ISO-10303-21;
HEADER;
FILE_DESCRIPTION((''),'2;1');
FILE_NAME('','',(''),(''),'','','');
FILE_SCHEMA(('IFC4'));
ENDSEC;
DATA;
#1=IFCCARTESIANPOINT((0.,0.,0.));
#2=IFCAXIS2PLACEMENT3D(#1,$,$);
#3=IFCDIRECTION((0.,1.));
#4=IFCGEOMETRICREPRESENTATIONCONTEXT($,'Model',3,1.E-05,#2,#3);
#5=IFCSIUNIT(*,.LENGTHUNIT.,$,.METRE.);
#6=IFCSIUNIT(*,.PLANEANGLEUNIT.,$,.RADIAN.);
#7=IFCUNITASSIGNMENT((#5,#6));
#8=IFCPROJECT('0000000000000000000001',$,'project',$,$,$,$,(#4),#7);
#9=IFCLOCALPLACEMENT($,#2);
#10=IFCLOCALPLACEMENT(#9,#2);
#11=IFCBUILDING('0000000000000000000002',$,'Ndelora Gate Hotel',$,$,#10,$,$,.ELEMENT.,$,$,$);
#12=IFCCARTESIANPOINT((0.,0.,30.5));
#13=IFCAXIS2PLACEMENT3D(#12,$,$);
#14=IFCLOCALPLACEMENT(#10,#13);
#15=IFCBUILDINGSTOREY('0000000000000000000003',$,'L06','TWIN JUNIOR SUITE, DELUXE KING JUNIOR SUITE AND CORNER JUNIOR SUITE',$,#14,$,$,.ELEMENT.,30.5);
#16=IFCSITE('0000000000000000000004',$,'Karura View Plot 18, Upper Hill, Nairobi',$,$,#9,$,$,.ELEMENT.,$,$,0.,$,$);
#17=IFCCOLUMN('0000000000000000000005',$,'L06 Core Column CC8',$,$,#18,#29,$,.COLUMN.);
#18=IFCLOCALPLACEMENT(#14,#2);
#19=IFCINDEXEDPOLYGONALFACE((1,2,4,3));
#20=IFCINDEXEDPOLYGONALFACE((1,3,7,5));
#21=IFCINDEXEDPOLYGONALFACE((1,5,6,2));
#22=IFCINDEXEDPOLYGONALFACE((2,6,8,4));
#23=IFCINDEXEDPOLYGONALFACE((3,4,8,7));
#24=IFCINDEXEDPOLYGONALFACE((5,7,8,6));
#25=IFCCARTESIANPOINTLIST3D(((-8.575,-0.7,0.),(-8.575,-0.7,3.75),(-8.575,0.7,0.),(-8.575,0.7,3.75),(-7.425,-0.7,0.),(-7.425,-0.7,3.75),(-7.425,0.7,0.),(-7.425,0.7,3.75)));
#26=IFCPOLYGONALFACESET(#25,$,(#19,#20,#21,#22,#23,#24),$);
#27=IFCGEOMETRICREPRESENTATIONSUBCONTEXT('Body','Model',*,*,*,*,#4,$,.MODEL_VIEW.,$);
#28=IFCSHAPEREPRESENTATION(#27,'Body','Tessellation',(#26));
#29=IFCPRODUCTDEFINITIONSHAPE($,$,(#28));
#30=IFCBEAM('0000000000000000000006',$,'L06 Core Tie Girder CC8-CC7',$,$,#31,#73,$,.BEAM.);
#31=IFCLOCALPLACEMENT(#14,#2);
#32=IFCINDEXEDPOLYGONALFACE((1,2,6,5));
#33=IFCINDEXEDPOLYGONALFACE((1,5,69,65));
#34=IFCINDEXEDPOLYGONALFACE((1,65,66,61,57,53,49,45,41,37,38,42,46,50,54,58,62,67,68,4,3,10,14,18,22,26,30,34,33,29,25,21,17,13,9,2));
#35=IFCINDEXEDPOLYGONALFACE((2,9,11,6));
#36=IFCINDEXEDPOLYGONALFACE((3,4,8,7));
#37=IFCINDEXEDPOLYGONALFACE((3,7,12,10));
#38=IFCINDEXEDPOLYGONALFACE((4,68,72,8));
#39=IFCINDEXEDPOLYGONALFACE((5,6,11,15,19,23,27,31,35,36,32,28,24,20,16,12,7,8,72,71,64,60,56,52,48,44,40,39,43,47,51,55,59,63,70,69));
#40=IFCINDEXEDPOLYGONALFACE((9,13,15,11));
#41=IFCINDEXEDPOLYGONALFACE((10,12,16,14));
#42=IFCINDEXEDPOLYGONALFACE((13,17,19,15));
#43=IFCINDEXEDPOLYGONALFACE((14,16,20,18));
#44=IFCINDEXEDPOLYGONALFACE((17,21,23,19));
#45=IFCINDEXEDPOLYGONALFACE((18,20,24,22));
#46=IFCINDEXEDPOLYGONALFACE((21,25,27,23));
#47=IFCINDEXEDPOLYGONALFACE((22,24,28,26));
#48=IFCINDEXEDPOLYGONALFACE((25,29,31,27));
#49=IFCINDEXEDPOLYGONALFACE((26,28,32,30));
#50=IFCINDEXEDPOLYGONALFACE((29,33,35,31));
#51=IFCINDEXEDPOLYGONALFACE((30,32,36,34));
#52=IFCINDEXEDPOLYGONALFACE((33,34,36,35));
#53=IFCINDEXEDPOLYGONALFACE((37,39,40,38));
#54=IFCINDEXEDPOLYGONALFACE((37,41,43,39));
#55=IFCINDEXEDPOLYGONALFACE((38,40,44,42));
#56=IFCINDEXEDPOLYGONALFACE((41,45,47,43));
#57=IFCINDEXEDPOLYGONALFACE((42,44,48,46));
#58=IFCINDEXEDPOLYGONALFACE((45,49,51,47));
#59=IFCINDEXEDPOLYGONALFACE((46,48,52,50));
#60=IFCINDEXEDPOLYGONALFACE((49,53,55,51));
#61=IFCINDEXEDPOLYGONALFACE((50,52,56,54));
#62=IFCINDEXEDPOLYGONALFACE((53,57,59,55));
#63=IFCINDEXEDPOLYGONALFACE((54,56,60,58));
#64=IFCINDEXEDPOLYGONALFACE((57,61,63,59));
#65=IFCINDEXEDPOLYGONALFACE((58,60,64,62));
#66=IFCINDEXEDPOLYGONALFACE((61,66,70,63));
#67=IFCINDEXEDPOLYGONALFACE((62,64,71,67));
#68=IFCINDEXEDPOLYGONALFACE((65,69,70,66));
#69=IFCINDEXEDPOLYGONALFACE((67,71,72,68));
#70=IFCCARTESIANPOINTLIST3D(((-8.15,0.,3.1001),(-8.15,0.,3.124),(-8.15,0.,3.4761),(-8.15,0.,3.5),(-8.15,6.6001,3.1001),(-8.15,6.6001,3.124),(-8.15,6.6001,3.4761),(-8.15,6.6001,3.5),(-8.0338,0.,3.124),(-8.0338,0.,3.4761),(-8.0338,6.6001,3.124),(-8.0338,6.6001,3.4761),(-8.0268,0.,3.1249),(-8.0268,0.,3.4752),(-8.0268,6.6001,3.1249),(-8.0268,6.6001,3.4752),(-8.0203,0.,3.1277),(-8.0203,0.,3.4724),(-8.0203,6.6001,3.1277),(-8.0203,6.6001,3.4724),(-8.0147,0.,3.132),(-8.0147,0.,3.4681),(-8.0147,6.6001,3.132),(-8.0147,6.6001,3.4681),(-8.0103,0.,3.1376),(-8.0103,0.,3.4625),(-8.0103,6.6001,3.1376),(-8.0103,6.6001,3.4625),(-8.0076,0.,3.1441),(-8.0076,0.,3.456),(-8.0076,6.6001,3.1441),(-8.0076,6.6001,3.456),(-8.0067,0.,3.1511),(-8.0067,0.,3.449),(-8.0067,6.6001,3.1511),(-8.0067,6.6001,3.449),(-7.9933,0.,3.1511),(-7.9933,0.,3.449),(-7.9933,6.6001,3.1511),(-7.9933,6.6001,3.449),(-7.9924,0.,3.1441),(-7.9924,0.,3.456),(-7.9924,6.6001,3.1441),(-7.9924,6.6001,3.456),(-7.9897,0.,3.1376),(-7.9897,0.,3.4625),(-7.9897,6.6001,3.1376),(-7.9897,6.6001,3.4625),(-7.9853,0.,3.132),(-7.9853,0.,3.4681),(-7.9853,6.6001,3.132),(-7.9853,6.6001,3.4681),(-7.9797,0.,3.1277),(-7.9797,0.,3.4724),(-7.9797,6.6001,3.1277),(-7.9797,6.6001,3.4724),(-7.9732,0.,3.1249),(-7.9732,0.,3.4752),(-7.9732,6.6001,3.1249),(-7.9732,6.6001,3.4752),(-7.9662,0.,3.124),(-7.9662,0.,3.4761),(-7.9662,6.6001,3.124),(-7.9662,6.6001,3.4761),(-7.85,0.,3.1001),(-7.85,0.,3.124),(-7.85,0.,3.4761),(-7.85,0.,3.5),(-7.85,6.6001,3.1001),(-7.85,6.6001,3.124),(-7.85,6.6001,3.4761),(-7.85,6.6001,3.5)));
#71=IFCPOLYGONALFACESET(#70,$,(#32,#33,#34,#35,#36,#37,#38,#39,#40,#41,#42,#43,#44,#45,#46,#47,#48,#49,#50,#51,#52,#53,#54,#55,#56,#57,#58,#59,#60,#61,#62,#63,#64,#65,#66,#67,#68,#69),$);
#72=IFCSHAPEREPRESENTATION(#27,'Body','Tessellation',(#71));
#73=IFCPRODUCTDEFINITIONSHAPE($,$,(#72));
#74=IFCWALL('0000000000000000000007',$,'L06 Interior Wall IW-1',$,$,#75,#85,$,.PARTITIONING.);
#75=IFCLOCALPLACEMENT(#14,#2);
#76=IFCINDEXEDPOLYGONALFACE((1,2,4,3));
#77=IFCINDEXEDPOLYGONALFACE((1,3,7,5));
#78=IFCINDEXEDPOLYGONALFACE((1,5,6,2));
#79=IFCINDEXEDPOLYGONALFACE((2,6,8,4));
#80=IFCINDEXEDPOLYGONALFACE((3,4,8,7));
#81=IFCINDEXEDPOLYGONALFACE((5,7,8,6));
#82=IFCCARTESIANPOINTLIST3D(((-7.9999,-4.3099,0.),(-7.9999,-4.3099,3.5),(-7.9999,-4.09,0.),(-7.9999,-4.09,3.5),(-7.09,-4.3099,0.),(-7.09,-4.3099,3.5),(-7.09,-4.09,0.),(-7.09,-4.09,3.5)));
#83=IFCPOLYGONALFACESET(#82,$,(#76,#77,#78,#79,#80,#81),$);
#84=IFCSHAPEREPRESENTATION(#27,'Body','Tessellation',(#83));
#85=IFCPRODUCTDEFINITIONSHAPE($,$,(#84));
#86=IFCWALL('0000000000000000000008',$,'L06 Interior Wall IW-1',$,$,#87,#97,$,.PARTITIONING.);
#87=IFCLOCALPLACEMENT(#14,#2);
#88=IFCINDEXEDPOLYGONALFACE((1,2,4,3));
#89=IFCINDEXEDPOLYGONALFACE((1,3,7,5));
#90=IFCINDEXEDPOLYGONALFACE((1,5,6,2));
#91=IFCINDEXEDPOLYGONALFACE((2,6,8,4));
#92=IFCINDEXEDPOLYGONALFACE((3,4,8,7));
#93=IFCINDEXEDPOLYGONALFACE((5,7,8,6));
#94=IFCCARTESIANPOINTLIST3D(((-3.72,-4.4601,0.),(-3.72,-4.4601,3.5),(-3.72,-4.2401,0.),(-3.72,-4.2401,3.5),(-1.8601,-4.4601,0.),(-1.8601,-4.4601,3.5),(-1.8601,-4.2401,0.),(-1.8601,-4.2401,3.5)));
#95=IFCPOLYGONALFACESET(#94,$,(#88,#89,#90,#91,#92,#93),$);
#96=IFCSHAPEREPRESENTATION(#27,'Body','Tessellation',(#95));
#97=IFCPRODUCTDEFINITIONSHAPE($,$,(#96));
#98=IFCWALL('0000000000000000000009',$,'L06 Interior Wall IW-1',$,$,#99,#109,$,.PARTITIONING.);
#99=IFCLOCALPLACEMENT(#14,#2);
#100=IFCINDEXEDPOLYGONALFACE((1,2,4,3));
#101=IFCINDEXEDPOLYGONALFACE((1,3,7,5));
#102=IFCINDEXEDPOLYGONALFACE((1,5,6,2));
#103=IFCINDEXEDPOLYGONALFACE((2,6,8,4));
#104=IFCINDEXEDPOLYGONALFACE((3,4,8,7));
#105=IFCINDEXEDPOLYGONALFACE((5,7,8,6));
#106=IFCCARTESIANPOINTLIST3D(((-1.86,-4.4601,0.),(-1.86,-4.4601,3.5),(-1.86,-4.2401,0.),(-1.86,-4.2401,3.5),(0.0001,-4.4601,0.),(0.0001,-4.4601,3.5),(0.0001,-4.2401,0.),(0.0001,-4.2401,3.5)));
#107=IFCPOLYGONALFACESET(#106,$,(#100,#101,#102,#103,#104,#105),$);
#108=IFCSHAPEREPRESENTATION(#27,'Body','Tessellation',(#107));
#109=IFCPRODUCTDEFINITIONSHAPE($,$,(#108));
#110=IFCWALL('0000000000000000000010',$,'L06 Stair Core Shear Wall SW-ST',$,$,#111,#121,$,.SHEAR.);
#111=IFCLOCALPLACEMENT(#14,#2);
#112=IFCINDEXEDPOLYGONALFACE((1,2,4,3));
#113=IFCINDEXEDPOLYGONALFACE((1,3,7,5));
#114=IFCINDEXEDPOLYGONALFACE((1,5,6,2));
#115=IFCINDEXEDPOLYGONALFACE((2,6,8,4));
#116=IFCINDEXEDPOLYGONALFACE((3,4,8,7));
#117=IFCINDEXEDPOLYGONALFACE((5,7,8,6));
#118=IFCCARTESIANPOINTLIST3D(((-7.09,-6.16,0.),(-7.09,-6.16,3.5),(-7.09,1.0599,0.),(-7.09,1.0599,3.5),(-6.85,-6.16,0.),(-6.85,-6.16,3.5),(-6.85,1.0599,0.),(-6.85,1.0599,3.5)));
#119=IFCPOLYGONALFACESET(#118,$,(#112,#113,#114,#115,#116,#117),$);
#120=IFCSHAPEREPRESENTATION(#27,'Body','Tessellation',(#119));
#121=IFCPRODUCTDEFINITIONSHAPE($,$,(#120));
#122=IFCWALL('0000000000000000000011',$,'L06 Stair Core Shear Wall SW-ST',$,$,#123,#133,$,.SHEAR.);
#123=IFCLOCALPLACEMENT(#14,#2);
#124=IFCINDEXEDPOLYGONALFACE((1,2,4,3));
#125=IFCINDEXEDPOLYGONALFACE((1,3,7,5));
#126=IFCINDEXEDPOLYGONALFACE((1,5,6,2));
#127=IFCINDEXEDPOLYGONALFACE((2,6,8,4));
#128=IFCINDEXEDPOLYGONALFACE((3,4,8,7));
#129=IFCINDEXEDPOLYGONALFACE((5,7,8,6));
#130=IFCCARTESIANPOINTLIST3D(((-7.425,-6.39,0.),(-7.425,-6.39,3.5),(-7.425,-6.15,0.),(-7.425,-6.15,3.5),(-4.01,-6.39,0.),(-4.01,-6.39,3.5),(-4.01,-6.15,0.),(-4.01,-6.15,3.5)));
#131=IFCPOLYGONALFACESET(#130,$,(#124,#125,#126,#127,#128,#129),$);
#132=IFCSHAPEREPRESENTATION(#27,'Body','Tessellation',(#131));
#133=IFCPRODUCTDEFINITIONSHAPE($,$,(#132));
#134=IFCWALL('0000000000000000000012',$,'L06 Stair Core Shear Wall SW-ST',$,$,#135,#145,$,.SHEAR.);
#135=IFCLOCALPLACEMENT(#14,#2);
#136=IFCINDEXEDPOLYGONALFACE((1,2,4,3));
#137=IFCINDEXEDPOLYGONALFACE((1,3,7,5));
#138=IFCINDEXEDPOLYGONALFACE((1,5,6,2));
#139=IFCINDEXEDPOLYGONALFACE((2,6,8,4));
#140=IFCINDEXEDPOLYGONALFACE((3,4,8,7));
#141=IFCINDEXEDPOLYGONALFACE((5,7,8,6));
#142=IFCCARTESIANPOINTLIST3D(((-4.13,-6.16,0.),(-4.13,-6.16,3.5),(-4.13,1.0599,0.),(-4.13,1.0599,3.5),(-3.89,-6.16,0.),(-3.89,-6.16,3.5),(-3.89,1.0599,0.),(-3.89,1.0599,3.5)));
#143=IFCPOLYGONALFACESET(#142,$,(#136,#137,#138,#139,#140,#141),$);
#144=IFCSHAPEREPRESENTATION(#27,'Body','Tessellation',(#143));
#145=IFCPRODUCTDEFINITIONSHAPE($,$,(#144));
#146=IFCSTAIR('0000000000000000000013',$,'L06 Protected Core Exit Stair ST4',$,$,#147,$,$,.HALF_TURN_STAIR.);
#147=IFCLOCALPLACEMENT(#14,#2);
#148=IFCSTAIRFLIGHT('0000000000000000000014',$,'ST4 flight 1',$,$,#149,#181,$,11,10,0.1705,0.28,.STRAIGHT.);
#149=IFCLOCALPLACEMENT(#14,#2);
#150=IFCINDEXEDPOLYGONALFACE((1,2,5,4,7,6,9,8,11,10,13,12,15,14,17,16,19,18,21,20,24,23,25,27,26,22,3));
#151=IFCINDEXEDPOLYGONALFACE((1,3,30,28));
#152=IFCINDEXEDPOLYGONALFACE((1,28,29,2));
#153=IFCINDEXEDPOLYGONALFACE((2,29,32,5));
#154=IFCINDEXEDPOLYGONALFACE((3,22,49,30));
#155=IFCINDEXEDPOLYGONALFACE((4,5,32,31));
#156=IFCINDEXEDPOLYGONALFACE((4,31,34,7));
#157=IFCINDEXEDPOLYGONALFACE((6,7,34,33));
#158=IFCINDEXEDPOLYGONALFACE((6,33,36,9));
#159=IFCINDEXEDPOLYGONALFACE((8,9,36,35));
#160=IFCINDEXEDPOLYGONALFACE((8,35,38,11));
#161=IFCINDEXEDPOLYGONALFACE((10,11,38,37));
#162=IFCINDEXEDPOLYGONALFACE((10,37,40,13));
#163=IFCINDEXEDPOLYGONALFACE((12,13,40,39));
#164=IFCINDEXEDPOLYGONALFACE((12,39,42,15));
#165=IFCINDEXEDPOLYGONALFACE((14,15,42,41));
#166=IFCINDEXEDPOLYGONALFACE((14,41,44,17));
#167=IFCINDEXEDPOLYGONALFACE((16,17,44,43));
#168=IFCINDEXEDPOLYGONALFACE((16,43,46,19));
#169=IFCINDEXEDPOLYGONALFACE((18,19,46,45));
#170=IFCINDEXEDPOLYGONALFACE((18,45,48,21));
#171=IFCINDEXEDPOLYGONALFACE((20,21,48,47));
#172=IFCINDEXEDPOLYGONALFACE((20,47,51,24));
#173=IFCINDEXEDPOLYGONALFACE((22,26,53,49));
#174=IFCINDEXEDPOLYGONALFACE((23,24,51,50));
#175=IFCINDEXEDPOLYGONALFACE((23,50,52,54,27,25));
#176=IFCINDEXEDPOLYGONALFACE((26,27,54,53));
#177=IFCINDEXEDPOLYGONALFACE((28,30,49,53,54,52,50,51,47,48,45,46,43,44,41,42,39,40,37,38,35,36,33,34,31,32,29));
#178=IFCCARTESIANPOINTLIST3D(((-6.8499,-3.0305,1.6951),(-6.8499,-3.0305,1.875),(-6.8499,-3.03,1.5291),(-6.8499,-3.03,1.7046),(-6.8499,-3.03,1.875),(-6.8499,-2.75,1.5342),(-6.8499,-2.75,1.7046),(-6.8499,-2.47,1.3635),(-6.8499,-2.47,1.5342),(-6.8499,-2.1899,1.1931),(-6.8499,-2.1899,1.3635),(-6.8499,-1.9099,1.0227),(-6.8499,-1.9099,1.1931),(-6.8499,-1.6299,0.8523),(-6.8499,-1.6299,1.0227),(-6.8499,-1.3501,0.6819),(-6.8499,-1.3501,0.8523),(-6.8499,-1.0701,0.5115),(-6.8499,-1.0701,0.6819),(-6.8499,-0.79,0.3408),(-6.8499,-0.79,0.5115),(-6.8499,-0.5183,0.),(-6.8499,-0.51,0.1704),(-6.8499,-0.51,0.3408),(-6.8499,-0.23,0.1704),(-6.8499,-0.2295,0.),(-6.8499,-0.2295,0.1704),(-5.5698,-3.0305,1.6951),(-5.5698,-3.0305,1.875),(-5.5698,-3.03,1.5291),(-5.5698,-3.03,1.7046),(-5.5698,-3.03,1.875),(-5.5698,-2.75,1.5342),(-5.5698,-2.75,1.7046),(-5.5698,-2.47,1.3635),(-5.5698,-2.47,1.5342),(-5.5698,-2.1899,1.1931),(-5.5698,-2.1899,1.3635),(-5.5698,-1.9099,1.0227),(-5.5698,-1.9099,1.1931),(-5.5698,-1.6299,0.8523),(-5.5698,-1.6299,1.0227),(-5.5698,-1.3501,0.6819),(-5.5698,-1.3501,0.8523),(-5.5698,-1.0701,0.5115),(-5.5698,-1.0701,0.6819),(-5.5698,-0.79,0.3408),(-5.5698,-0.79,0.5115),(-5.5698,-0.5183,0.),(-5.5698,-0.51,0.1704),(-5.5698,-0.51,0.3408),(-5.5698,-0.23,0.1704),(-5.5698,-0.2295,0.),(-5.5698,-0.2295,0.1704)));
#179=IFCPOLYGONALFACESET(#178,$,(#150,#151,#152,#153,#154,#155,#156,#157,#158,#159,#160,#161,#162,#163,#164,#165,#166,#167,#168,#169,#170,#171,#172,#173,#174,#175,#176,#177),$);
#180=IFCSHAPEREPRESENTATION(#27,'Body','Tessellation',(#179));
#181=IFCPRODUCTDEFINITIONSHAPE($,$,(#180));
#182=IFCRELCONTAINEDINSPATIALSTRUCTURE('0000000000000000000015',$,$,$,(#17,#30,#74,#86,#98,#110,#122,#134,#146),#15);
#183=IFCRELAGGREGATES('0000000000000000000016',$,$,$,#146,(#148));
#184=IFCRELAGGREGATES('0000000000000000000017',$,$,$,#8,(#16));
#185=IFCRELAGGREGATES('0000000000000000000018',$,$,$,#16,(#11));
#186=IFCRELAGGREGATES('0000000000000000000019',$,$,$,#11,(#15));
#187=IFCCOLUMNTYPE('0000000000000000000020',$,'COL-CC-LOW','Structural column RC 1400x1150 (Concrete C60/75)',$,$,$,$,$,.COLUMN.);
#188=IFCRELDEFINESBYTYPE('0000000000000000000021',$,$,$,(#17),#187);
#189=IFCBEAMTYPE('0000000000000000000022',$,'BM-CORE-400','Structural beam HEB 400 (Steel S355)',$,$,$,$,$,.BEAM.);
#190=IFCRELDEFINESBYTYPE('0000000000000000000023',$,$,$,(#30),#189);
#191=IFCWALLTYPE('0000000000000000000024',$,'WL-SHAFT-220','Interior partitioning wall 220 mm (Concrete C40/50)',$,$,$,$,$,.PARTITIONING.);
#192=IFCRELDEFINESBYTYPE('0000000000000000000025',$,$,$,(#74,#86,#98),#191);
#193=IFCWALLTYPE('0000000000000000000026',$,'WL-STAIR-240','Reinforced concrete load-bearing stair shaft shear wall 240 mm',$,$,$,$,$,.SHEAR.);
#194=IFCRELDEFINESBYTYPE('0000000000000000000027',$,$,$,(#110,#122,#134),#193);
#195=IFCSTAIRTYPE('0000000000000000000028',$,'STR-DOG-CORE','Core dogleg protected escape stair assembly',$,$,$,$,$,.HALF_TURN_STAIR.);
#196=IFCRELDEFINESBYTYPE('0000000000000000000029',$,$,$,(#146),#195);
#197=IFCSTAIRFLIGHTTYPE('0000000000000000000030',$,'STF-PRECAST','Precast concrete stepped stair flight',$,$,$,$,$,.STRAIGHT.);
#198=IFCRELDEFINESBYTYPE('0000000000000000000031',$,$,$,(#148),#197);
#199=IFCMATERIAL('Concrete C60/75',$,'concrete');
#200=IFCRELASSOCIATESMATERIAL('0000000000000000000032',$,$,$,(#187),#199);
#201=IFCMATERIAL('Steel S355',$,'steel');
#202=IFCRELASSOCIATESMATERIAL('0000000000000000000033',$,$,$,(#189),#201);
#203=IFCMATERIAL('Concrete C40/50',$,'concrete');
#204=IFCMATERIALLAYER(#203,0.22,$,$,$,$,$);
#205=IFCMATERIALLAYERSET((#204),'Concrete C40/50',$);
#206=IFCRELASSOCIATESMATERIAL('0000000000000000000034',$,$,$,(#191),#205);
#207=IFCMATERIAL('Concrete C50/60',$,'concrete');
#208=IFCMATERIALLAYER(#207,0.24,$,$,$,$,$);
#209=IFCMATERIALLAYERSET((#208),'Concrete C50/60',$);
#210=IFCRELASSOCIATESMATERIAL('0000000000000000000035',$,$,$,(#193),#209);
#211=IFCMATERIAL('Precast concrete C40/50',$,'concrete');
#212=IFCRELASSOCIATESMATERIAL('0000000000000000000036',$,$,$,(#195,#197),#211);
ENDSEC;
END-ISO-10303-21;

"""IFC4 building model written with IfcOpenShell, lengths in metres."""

from ifc_helpers import new_model, si_unit, direction, frame, frame_2d, origin, origin_2d, place, context, subcontext, project, spatial, polyline, rectangle, i_section, outline, extrude, material, layer, layer_set, material_profile, profile_set, type_object, element, aggregate, save


model = new_model("IFC4")

# Units and contexts
model_context = context("Model", 3, precision=1e-05, world=origin(), true_north=direction((0.0, 1.0)))
body_context = subcontext(model_context, "Body", "Model", "MODEL_VIEW")
ifc_project = project(units=[si_unit("LENGTHUNIT", "METRE"), si_unit("PLANEANGLEUNIT", "RADIAN")], contexts=[model_context])

# Site, building, storey
site_placement = place(None, origin())
site = spatial("IfcSite", under=ifc_project, at=site_placement, Name="Karura View Plot 18, Upper Hill, Nairobi", CompositionType="ELEMENT", RefElevation=0.0)
building_placement = place(site_placement, origin())
building = spatial("IfcBuilding", under=site, at=building_placement, Name="Ndelora Gate Hotel", CompositionType="ELEMENT")
storey_placement = place(building_placement, frame((0.0, 0.0, 30.5)))
storey = spatial("IfcBuildingStorey", under=building, at=storey_placement, Name="L06", Description="TWIN JUNIOR SUITE, DELUXE KING JUNIOR SUITE AND CORNER JUNIOR SUITE", CompositionType="ELEMENT", Elevation=30.5)

# Column
ifc_material_1 = material(Name="Concrete C60/75", Category="concrete")
ifc_material_profile_1 = material_profile(ifc_material_1, rectangle(XDim=1.1499, YDim=1.3999, at=origin_2d()), Name="RC 1400x1150")
ifc_profile_set_1 = profile_set([ifc_material_profile_1], Name="Concrete C60/75")
column_type = type_object("IfcColumnType", Name="COL-CC-LOW", Description="Structural column RC 1400x1150 (Concrete C60/75)", PredefinedType="COLUMN", material=ifc_profile_set_1)
column_placement = place(storey_placement, frame((-8.0, 0.0, 0.0), z_axis=(0.0, 0.0, 1.0), x_axis=(1.0, 0.0, 0.0)))
element("IfcColumn", 1, at=column_placement, inside=storey, type_object=column_type, Name="L06 Core Column CC8", PredefinedType="COLUMN", context=body_context, shape_type="SweptSolid", body=[
    extrude(rectangle(XDim=1.1499, YDim=1.3999, at=origin_2d()), origin(), (0.0, 0.0, 1.0), 3.75),
])

# Beam
ifc_material_2 = material(Name="Steel S355", Category="steel")
ifc_material_profile_2 = material_profile(ifc_material_2, i_section(OverallWidth=0.3, OverallDepth=0.3999, WebThickness=0.0134, FlangeThickness=0.0239, FilletRadius=0.0271, at=origin_2d()), Name="HEB 400")
ifc_profile_set_2 = profile_set([ifc_material_profile_2], Name="Steel S355")
beam_type = type_object("IfcBeamType", Name="BM-CORE-400", Description="Structural beam HEB 400 (Steel S355)", PredefinedType="BEAM", material=ifc_profile_set_2)
beam_placement = place(storey_placement, frame((-8.0, 0.0, 3.3), z_axis=(0.0, 1.0, 0.0), x_axis=(-1.0, 0.0, 0.0)))
element("IfcBeam", 2, at=beam_placement, inside=storey, type_object=beam_type, Name="L06 Core Tie Girder CC8-CC7", PredefinedType="BEAM", context=body_context, shape_type="SweptSolid", body=[
    extrude(i_section(OverallWidth=0.3, OverallDepth=0.3999, WebThickness=0.0134, FlangeThickness=0.0239, FilletRadius=0.0271, at=origin_2d()), origin(), (0.0, 0.0, 1.0), 6.6001),
])

# Walls
ifc_material_3 = material(Name="Concrete C40/50", Category="concrete")
ifc_layer_1 = layer(ifc_material_3, 0.22)
ifc_layer_set_1 = layer_set([ifc_layer_1], Name="Concrete C40/50")
wall_type_1 = type_object("IfcWallType", Name="WL-SHAFT-220", Description="Interior partitioning wall 220 mm (Concrete C40/50)", PredefinedType="PARTITIONING", material=ifc_layer_set_1)
wall_1_placement = place(storey_placement, frame((-8.0, -4.2, 0.0), z_axis=(0.0, 0.0, 1.0), x_axis=(1.0, 0.0, 0.0)))
element("IfcWall", 3, at=wall_1_placement, inside=storey, type_object=wall_type_1, Name="L06 Interior Wall IW-1", PredefinedType="PARTITIONING", context=body_context, shape_type="SweptSolid", body=[
    extrude(rectangle(XDim=0.9099, YDim=0.22, at=frame_2d((0.4551, 0.0))), origin(), (0.0, 0.0, 1.0), 3.5),
])
wall_2_placement = place(storey_placement, frame((-3.72, -4.3501, 0.0), z_axis=(0.0, 0.0, 1.0), x_axis=(1.0, 0.0, 0.0)))
element("IfcWall", 4, at=wall_2_placement, inside=storey, type_object=wall_type_1, Name="L06 Interior Wall IW-1", PredefinedType="PARTITIONING", context=body_context, shape_type="SweptSolid", body=[
    extrude(rectangle(XDim=1.8599, YDim=0.22, at=frame_2d((0.9299, 0.0))), origin(), (0.0, 0.0, 1.0), 3.5),
])
wall_3_placement = place(storey_placement, frame((-1.8601, -4.3501, 0.0), z_axis=(0.0, 0.0, 1.0), x_axis=(1.0, 0.0, 0.0)))
element("IfcWall", 5, at=wall_3_placement, inside=storey, type_object=wall_type_1, Name="L06 Interior Wall IW-1", PredefinedType="PARTITIONING", context=body_context, shape_type="SweptSolid", body=[
    extrude(rectangle(XDim=1.8601, YDim=0.22, at=frame_2d((0.9302, 0.0))), origin(), (0.0, 0.0, 1.0), 3.5),
])
ifc_material_4 = material(Name="Concrete C50/60", Category="concrete")
ifc_layer_2 = layer(ifc_material_4, 0.24)
ifc_layer_set_2 = layer_set([ifc_layer_2], Name="Concrete C50/60")
wall_type_2 = type_object("IfcWallType", Name="WL-STAIR-240", Description="Reinforced concrete load-bearing stair shaft shear wall 240 mm", PredefinedType="SHEAR", material=ifc_layer_set_2)
wall_4_placement = place(storey_placement, frame((-6.97, -6.1599, 0.0), z_axis=(0.0, 0.0, 1.0), x_axis=(0.0, 1.0, 0.0)))
element("IfcWall", 6, at=wall_4_placement, inside=storey, type_object=wall_type_2, Name="L06 Stair Core Shear Wall SW-ST", PredefinedType="SHEAR", context=body_context, shape_type="SweptSolid", body=[
    extrude(rectangle(XDim=7.22, YDim=0.24, at=frame_2d((3.6099, 0.0))), origin(), (0.0, 0.0, 1.0), 3.5),
])
wall_5_placement = place(storey_placement, frame((-7.425, -6.27, 0.0), z_axis=(0.0, 0.0, 1.0), x_axis=(1.0, 0.0, 0.0)))
element("IfcWall", 7, at=wall_5_placement, inside=storey, type_object=wall_type_2, Name="L06 Stair Core Shear Wall SW-ST", PredefinedType="SHEAR", context=body_context, shape_type="SweptSolid", body=[
    extrude(rectangle(XDim=3.415, YDim=0.24, at=frame_2d((1.7075, 0.0))), origin(), (0.0, 0.0, 1.0), 3.5),
])
wall_6_placement = place(storey_placement, frame((-4.01, -6.1599, 0.0), z_axis=(0.0, 0.0, 1.0), x_axis=(0.0, 1.0, 0.0)))
element("IfcWall", 8, at=wall_6_placement, inside=storey, type_object=wall_type_2, Name="L06 Stair Core Shear Wall SW-ST", PredefinedType="SHEAR", context=body_context, shape_type="SweptSolid", body=[
    extrude(rectangle(XDim=7.22, YDim=0.24, at=frame_2d((3.6099, 0.0))), origin(), (0.0, 0.0, 1.0), 3.5),
])

# Stair, stair flight
ifc_material_5 = material(Name="Precast concrete C40/50", Category="concrete")
stair_type = type_object("IfcStairType", Name="STR-DOG-CORE", Description="Core dogleg protected escape stair assembly", PredefinedType="HALF_TURN_STAIR", material=ifc_material_5)
stair_placement = place(storey_placement, origin())
stair = element("IfcStair", 9, at=stair_placement, inside=storey, type_object=stair_type, Name="L06 Protected Core Exit Stair ST4", PredefinedType="HALF_TURN_STAIR")
stair_flight_type = type_object("IfcStairFlightType", Name="STF-PRECAST", Description="Precast concrete stepped stair flight", PredefinedType="STRAIGHT", material=ifc_material_5)
stair_flight_1_placement = place(storey_placement, frame((-6.21, -0.23, 0.0), z_axis=(0.0, 0.0, 1.0), x_axis=(0.0, -1.0, 0.0)))
stair_flight_1 = element("IfcStairFlight", 10, at=stair_flight_1_placement, type_object=stair_flight_type, Name="ST4 flight 1", NumberOfRisers=11, NumberOfTreads=10, PredefinedType="STRAIGHT", RiserHeight=0.1705, TreadLength=0.28, context=body_context, shape_type="SweptSolid", body=[
    extrude(outline(polyline([(-0.0005, 0.0), (-0.0005, 0.1704), (0.0, 0.1704), (0.28, 0.1704), (0.28, 0.3408), (0.5601, 0.3408), (0.5601, 0.5115), (0.8401, 0.5115), (0.8401, 0.6819), (1.1201, 0.6819), (1.1201, 0.8523), (1.3999, 0.8523), (1.3999, 1.0227), (1.6799, 1.0227), (1.6799, 1.1931), (1.96, 1.1931), (1.96, 1.3635), (2.24, 1.3635), (2.24, 1.5342), (2.52, 1.5342), (2.52, 1.7046), (2.8, 1.7046), (2.8, 1.875), (2.8005, 1.875), (2.8005, 1.6951), (2.8, 1.5291), (0.2883, 0.0), (-0.0005, 0.0)])), frame((0.0, 0.6401, 0.0), z_axis=(0.0, -1.0, 0.0), x_axis=(1.0, 0.0, 0.0)), (0.0, 0.0, 1.0), 1.28),
])
aggregate(stair, [stair_flight_1])

save(model, "model.ifc")
